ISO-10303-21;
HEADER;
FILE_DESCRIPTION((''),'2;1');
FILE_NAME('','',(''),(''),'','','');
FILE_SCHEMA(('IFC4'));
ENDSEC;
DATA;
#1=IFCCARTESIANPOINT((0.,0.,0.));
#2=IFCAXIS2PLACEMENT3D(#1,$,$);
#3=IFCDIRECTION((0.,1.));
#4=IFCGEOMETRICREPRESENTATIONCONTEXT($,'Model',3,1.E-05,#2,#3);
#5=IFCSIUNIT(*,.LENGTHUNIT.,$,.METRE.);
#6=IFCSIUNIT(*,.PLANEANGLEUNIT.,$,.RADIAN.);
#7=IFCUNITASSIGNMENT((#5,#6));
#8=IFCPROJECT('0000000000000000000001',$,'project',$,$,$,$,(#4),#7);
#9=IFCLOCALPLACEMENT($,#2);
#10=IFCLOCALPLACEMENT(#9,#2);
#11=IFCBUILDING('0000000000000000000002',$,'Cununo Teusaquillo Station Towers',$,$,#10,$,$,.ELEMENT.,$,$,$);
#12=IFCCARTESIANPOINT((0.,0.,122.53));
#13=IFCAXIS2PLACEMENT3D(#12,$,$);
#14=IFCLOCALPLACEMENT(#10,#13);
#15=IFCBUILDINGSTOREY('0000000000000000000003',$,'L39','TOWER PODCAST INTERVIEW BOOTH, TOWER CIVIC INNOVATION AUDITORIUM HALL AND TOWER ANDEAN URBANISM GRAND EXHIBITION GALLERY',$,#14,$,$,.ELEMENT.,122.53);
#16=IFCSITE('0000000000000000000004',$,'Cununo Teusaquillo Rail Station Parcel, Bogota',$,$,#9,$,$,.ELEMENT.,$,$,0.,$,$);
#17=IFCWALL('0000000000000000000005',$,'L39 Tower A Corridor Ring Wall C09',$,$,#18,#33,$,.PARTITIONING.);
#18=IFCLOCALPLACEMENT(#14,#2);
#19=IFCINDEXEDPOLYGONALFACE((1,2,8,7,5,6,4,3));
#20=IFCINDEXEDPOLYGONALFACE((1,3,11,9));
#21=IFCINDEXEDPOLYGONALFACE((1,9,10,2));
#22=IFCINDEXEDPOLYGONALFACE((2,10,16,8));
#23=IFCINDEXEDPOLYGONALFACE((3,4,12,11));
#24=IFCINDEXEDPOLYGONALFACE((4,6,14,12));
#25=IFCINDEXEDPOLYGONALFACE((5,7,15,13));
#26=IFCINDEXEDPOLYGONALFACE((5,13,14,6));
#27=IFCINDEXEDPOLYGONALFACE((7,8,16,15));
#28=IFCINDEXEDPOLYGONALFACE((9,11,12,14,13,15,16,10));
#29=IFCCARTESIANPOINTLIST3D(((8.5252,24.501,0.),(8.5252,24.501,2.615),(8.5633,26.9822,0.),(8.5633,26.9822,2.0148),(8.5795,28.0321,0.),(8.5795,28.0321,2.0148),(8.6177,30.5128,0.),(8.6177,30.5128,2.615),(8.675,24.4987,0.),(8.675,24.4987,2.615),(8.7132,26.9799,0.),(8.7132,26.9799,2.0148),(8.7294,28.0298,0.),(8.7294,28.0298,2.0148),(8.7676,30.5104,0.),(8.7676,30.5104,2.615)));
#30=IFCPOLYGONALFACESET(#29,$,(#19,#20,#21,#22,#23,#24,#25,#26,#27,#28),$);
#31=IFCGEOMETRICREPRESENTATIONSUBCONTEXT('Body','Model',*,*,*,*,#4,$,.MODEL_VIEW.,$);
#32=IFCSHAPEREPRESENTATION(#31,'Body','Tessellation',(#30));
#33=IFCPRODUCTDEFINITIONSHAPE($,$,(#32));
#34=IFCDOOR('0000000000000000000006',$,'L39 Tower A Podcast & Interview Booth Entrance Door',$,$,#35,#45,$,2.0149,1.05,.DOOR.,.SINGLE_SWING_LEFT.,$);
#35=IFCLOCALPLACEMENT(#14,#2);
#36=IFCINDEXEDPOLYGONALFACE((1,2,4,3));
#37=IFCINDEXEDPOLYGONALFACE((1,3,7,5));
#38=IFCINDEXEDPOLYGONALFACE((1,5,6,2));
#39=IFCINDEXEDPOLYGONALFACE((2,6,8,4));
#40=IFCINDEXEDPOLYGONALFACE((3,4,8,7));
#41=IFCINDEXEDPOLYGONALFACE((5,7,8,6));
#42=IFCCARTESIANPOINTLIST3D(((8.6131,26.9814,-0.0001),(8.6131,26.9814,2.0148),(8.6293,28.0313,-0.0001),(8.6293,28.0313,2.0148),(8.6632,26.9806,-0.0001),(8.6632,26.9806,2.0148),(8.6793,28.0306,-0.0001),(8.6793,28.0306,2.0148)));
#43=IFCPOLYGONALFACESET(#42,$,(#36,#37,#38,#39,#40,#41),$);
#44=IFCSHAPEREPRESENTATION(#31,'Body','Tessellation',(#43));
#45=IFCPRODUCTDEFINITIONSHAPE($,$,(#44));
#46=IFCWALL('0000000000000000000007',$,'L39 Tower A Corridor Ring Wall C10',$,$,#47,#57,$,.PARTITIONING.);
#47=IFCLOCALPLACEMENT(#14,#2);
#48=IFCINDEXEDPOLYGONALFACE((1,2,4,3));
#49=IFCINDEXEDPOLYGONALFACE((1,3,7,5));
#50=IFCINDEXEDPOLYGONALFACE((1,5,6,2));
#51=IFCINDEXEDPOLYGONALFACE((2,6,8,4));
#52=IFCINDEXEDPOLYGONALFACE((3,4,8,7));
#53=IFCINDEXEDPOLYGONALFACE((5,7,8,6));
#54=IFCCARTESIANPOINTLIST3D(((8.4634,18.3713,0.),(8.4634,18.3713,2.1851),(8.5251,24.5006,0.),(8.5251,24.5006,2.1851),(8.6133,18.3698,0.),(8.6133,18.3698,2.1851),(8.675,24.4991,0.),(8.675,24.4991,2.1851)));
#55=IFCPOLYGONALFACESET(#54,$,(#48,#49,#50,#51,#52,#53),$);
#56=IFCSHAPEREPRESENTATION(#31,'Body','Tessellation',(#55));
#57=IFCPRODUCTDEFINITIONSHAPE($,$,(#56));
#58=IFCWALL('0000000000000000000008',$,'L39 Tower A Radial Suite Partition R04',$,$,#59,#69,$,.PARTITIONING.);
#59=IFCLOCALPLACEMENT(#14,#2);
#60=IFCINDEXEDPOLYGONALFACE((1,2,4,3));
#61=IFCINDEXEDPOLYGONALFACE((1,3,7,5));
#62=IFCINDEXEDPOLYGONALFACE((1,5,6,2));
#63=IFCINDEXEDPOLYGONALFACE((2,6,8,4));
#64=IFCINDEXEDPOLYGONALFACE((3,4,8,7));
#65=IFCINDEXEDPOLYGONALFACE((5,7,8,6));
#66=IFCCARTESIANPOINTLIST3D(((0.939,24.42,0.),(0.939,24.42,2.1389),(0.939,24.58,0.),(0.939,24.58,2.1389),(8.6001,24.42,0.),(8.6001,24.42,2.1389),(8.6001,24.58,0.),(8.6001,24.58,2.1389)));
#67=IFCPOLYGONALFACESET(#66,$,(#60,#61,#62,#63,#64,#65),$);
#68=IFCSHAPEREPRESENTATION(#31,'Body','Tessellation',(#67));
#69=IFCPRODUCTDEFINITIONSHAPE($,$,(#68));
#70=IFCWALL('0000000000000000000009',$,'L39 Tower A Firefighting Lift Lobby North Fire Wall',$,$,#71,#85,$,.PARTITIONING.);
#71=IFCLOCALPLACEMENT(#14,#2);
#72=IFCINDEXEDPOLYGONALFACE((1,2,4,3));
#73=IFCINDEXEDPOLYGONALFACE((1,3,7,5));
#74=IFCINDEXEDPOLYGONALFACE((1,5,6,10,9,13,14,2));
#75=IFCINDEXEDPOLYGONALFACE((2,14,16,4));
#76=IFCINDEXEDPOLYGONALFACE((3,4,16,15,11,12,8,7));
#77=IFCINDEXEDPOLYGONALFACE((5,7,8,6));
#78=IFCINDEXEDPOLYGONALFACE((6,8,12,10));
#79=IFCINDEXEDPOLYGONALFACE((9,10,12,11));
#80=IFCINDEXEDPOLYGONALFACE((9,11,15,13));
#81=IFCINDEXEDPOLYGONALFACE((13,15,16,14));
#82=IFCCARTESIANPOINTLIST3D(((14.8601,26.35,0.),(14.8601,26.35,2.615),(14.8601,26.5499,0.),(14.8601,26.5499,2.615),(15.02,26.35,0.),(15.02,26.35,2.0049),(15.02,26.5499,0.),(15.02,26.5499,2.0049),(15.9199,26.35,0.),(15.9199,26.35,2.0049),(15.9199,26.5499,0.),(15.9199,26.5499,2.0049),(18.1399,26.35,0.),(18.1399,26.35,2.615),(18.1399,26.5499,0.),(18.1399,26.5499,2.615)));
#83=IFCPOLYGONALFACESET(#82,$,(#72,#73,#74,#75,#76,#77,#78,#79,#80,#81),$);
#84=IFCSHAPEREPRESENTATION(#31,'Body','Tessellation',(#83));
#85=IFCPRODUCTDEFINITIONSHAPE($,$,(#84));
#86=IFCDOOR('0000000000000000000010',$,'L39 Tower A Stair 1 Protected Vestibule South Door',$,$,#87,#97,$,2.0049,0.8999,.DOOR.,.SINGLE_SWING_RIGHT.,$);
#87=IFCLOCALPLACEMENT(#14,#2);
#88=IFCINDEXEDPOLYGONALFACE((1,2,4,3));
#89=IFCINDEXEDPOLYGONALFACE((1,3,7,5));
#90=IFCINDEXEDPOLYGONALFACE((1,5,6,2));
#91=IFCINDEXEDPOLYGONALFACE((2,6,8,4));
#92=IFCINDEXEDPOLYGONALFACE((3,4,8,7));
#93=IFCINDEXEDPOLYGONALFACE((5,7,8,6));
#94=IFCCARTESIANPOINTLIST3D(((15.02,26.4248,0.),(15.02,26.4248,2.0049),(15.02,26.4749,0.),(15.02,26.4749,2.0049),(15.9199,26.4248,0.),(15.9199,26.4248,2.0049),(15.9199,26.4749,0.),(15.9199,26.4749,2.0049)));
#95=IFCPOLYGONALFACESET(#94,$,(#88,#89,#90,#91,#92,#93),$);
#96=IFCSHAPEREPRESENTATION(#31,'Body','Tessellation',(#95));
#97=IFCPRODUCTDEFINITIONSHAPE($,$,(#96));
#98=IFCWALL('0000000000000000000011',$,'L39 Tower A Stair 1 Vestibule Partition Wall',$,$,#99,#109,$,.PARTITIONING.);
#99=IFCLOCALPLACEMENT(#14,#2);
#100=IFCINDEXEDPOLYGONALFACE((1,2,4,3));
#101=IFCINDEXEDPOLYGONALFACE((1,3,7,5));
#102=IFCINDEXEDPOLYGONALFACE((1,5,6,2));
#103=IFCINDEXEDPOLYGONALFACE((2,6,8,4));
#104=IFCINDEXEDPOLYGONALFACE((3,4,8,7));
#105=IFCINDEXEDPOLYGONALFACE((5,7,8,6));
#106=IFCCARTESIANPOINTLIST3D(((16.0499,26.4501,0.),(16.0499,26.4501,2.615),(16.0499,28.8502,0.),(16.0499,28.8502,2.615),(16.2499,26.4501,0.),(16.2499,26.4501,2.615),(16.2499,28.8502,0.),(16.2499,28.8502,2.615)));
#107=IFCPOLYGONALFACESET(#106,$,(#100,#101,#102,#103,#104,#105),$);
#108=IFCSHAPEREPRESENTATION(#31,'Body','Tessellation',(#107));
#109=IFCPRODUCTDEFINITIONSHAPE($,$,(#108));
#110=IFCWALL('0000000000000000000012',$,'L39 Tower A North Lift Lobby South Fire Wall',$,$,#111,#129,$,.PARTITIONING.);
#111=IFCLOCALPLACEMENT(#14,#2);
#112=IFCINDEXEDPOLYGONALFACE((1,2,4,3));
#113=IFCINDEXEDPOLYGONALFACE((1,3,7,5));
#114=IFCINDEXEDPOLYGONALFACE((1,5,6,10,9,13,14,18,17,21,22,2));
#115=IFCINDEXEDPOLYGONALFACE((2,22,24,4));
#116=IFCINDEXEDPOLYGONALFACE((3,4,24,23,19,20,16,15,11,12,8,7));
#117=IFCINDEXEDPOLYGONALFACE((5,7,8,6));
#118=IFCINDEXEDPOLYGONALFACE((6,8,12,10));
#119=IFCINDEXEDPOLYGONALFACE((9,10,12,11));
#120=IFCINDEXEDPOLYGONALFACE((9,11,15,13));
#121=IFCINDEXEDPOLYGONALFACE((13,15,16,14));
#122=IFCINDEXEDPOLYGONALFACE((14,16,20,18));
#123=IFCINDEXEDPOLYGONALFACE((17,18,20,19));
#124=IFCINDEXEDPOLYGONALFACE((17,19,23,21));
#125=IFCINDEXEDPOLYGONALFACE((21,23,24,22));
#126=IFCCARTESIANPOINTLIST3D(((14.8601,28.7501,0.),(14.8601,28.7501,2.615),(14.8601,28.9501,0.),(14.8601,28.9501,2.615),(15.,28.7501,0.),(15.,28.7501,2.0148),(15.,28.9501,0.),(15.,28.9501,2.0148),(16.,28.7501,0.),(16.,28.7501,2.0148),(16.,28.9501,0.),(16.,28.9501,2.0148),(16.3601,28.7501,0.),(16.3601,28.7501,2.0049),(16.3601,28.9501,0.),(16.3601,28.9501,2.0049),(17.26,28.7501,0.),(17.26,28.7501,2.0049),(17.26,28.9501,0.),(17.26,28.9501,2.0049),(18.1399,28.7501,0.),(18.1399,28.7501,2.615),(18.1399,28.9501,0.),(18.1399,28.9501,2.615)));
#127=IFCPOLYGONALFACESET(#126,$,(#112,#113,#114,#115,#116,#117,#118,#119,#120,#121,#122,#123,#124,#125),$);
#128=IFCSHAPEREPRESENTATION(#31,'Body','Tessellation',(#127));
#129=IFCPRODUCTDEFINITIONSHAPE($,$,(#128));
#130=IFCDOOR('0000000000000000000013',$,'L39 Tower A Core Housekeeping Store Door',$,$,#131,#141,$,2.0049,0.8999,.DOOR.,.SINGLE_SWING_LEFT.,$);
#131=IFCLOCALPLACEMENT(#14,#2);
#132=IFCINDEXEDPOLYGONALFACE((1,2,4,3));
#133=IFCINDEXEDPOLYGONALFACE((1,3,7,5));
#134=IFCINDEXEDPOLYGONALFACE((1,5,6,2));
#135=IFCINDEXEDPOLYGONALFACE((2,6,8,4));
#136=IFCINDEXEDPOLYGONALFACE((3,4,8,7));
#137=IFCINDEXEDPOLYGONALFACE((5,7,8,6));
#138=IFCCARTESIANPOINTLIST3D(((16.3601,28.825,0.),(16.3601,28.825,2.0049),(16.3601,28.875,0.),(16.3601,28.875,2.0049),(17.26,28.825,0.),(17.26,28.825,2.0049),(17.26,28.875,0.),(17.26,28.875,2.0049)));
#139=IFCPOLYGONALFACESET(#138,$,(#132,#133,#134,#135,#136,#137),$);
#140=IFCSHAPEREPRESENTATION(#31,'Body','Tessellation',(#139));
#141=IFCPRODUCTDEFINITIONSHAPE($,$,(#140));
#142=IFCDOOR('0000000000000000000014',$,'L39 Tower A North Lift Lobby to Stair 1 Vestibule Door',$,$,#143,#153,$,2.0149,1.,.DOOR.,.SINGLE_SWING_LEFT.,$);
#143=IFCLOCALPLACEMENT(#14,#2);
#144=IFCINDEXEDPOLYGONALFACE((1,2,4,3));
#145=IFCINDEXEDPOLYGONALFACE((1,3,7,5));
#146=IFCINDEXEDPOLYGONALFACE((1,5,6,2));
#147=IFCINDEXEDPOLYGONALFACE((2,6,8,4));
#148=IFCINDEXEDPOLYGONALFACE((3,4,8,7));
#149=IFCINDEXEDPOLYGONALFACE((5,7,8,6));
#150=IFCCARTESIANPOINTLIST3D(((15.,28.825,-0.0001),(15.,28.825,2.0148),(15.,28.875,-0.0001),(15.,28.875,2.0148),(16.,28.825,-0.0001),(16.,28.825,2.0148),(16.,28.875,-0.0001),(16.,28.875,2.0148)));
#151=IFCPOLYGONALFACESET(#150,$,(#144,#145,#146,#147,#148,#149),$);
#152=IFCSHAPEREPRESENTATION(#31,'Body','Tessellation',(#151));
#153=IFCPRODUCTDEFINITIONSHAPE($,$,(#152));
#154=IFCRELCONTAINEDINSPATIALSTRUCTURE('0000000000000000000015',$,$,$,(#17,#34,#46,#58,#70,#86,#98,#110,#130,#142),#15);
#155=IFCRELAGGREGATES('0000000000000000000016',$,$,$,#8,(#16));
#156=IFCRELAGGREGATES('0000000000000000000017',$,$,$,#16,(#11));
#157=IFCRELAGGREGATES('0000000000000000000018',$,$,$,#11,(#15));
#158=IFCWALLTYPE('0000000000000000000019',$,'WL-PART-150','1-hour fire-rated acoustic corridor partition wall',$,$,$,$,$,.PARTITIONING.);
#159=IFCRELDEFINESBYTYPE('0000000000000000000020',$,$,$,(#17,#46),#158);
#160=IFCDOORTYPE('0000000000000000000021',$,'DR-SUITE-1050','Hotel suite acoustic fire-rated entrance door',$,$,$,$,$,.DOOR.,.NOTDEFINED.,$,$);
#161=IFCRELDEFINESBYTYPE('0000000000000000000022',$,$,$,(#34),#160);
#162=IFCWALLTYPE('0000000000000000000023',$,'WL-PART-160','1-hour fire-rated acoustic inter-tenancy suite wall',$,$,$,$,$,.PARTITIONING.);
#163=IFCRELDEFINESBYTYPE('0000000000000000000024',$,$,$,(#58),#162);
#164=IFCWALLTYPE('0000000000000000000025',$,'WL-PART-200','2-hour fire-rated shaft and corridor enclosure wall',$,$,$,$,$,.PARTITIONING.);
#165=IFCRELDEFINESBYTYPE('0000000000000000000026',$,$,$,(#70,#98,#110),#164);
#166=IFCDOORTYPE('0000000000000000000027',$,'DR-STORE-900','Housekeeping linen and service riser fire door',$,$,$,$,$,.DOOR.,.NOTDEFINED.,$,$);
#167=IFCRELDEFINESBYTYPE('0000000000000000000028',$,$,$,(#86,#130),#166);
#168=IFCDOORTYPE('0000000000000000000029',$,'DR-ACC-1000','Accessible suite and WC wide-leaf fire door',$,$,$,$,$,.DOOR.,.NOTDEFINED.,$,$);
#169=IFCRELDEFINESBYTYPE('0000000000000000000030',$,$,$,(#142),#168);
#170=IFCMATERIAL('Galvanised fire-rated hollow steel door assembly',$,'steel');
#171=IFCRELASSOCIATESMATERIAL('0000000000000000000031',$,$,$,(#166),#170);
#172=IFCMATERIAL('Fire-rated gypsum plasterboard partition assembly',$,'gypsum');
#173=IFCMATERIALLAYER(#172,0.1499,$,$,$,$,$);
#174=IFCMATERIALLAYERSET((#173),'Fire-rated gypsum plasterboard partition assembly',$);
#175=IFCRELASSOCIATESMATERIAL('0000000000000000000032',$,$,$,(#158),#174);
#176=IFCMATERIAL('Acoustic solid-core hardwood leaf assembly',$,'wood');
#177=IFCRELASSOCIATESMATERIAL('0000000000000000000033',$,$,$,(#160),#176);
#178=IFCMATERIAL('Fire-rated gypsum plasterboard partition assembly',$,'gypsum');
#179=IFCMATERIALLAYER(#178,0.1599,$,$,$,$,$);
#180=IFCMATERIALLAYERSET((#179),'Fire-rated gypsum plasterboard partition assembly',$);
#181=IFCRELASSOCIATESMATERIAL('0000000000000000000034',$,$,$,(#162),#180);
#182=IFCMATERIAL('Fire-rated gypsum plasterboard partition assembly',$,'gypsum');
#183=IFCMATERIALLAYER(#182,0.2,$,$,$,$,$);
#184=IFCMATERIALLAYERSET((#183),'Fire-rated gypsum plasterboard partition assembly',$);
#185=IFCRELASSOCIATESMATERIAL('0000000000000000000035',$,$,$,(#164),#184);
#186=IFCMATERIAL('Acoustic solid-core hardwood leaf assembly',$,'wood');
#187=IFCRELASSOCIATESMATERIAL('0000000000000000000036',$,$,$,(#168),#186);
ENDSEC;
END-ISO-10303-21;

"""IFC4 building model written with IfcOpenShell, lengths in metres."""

from ifc_helpers import new_model, si_unit, direction, frame, frame_2d, origin, place, context, subcontext, project, spatial, rectangle, extrude, source, transform, mapped, material, layer, layer_set, type_object, element, fill, save


model = new_model("IFC4")

# Units and contexts
model_context = context("Model", 3, precision=1e-05, world=origin(), true_north=direction((0.0, 1.0)))
body_context = subcontext(model_context, "Body", "Model", "MODEL_VIEW")
ifc_project = project(units=[si_unit("LENGTHUNIT", "METRE"), si_unit("PLANEANGLEUNIT", "RADIAN")], contexts=[model_context])

# Site, building, storey
site_placement = place(None, origin())
site = spatial("IfcSite", under=ifc_project, at=site_placement, Name="Cununo Teusaquillo Rail Station Parcel, Bogota", CompositionType="ELEMENT", RefElevation=0.0)
building_placement = place(site_placement, origin())
building = spatial("IfcBuilding", under=site, at=building_placement, Name="Cununo Teusaquillo Station Towers", CompositionType="ELEMENT")
storey_placement = place(building_placement, frame((0.0, 0.0, 122.53)))
storey = spatial("IfcBuildingStorey", under=building, at=storey_placement, Name="L39", Description="TOWER PODCAST INTERVIEW BOOTH, TOWER CIVIC INNOVATION AUDITORIUM HALL AND TOWER ANDEAN URBANISM GRAND EXHIBITION GALLERY", CompositionType="ELEMENT", Elevation=122.53)

# Wall, opening, door
ifc_material_1 = material(Name="Galvanised fire-rated hollow steel door assembly", Category="steel")
door_type_1 = type_object("IfcDoorType", Name="DR-STORE-900", Description="Housekeeping linen and service riser fire door", OperationType="NOTDEFINED", PredefinedType="DOOR", material=ifc_material_1)
shared_shape_1 = source(origin(), body_context, "Body", "SweptSolid", [
    extrude(rectangle(XDim=0.8999, YDim=2.0049, at=frame_2d((0.45, 1.0024))), frame((0.0, 0.0249, 0.0), z_axis=(0.0, -1.0, 0.0), x_axis=(1.0, 0.0, 0.0)), (0.0, 0.0, 1.0), 0.05),
])
ifc_material_2 = material(Name="Fire-rated gypsum plasterboard partition assembly", Category="gypsum")
ifc_layer_1 = layer(ifc_material_2, 0.1499)
ifc_layer_set_1 = layer_set([ifc_layer_1], Name="Fire-rated gypsum plasterboard partition assembly")
wall_type_1 = type_object("IfcWallType", Name="WL-PART-150", Description="1-hour fire-rated acoustic corridor partition wall", PredefinedType="PARTITIONING", material=ifc_layer_set_1)
wall_1_placement = place(storey_placement, frame((8.6926, 30.5117, 0.0), z_axis=(0.0, 0.0, 1.0), x_axis=(-0.01539, -0.999882, 0.0)))
wall_1 = element("IfcWall", 1, at=wall_1_placement, inside=storey, type_object=wall_type_1, Name="L39 Tower A Corridor Ring Wall C09", PredefinedType="PARTITIONING", context=body_context, shape_type="SweptSolid", body=[
    extrude(rectangle(XDim=6.0125, YDim=0.1499, at=frame_2d((3.0063, 0.0))), origin(), (0.0, 0.0, 1.0), 2.615),
])
shared_shape_2 = source(origin(), body_context, "Body", "SweptSolid", [
    extrude(rectangle(XDim=1.05, YDim=2.0149, at=frame_2d((0.5249, 1.0073))), frame((0.0, 0.085, 0.0), z_axis=(0.0, -1.0, 0.0), x_axis=(1.0, 0.0, 0.0)), (0.0, 0.0, 1.0), 0.1699),
])
opening_1_placement = place(wall_1_placement, frame((2.4812, 0.0, 0.0)))
opening_1 = element("IfcOpeningElement", 2, at=opening_1_placement, cuts=wall_1, PredefinedType="OPENING", context=body_context, shape_type="MappedRepresentation", body=[
    mapped(shared_shape_2, transform((0.0, 0.0, 0.0), x_axis=(1.0, 0.0, 0.0), y_axis=(0.0, 1.0, 0.0), z_axis=(0.0, 0.0, 1.0), scale=1.0)),
])
ifc_material_3 = material(Name="Acoustic solid-core hardwood leaf assembly", Category="wood")
door_type_2 = type_object("IfcDoorType", Name="DR-SUITE-1050", Description="Hotel suite acoustic fire-rated entrance door", OperationType="NOTDEFINED", PredefinedType="DOOR", material=ifc_material_3)
shared_shape_3 = source(origin(), body_context, "Body", "SweptSolid", [
    extrude(rectangle(XDim=1.05, YDim=2.0149, at=frame_2d((0.5249, 1.0073))), frame((0.0, 0.0249, 0.0), z_axis=(0.0, -1.0, 0.0), x_axis=(1.0, 0.0, 0.0)), (0.0, 0.0, 1.0), 0.05),
])
door_1_placement = place(opening_1_placement, origin())
door_1 = element("IfcDoor", 3, at=door_1_placement, inside=storey, type_object=door_type_2, Name="L39 Tower A Podcast & Interview Booth Entrance Door", OperationType="SINGLE_SWING_LEFT", OverallHeight=2.0149, OverallWidth=1.05, PredefinedType="DOOR", context=body_context, shape_type="MappedRepresentation", body=[
    mapped(shared_shape_3, transform((0.0, 0.0, 0.0), x_axis=(1.0, 0.0, 0.0), y_axis=(0.0, 1.0, 0.0), z_axis=(0.0, 0.0, 1.0), scale=1.0)),
])
fill(opening_1, door_1)

# Walls
wall_2_placement = place(storey_placement, frame((8.6001, 24.5, 0.0), z_axis=(0.0, 0.0, 1.0), x_axis=(-0.010077, -0.999949, 0.0)))
element("IfcWall", 4, at=wall_2_placement, inside=storey, type_object=wall_type_1, Name="L39 Tower A Corridor Ring Wall C10", PredefinedType="PARTITIONING", context=body_context, shape_type="SweptSolid", body=[
    extrude(rectangle(XDim=6.1296, YDim=0.1499, at=frame_2d((3.0649, 0.0))), origin(), (0.0, 0.0, 1.0), 2.1851),
])
ifc_material_4 = material(Name="Fire-rated gypsum plasterboard partition assembly", Category="gypsum")
ifc_layer_2 = layer(ifc_material_4, 0.1599)
ifc_layer_set_2 = layer_set([ifc_layer_2], Name="Fire-rated gypsum plasterboard partition assembly")
wall_type_2 = type_object("IfcWallType", Name="WL-PART-160", Description="1-hour fire-rated acoustic inter-tenancy suite wall", PredefinedType="PARTITIONING", material=ifc_layer_set_2)
wall_3_placement = place(storey_placement, frame((8.6001, 24.5, 0.0), z_axis=(0.0, 0.0, 1.0), x_axis=(-1.0, 0.0, 0.0)))
element("IfcWall", 5, at=wall_3_placement, inside=storey, type_object=wall_type_2, Name="L39 Tower A Radial Suite Partition R04", PredefinedType="PARTITIONING", context=body_context, shape_type="SweptSolid", body=[
    extrude(rectangle(XDim=7.6611, YDim=0.1599, at=frame_2d((3.8306, 0.0))), origin(), (0.0, 0.0, 1.0), 2.1389),
])

# Wall, opening, door
ifc_material_5 = material(Name="Fire-rated gypsum plasterboard partition assembly", Category="gypsum")
ifc_layer_3 = layer(ifc_material_5, 0.2)
ifc_layer_set_3 = layer_set([ifc_layer_3], Name="Fire-rated gypsum plasterboard partition assembly")
wall_type_3 = type_object("IfcWallType", Name="WL-PART-200", Description="2-hour fire-rated shaft and corridor enclosure wall", PredefinedType="PARTITIONING", material=ifc_layer_set_3)
wall_4_placement = place(storey_placement, frame((14.8601, 26.45, 0.0), z_axis=(0.0, 0.0, 1.0), x_axis=(1.0, 0.0, 0.0)))
wall_4 = element("IfcWall", 6, at=wall_4_placement, inside=storey, type_object=wall_type_3, Name="L39 Tower A Firefighting Lift Lobby North Fire Wall", PredefinedType="PARTITIONING", context=body_context, shape_type="SweptSolid", body=[
    extrude(rectangle(XDim=3.2798, YDim=0.2, at=frame_2d((1.6399, 0.0))), origin(), (0.0, 0.0, 1.0), 2.615),
])
shared_shape_4 = source(origin(), body_context, "Body", "SweptSolid", [
    extrude(rectangle(XDim=0.8999, YDim=2.0049, at=frame_2d((0.45, 1.0024))), frame((0.0, 0.1099, 0.0), z_axis=(0.0, -1.0, 0.0), x_axis=(1.0, 0.0, 0.0)), (0.0, 0.0, 1.0), 0.22),
])
opening_2_placement = place(wall_4_placement, frame((0.1599, 0.0, 0.0)))
opening_2 = element("IfcOpeningElement", 7, at=opening_2_placement, cuts=wall_4, PredefinedType="OPENING", context=body_context, shape_type="MappedRepresentation", body=[
    mapped(shared_shape_4, transform((0.0, 0.0, 0.0), x_axis=(1.0, 0.0, 0.0), y_axis=(0.0, 1.0, 0.0), z_axis=(0.0, 0.0, 1.0), scale=1.0)),
])
door_2_placement = place(opening_2_placement, origin())
door_2 = element("IfcDoor", 8, at=door_2_placement, inside=storey, type_object=door_type_1, Name="L39 Tower A Stair 1 Protected Vestibule South Door", OperationType="SINGLE_SWING_RIGHT", OverallHeight=2.0049, OverallWidth=0.8999, PredefinedType="DOOR", context=body_context, shape_type="MappedRepresentation", body=[
    mapped(shared_shape_1, transform((0.0, 0.0, 0.0), x_axis=(1.0, 0.0, 0.0), y_axis=(0.0, 1.0, 0.0), z_axis=(0.0, 0.0, 1.0), scale=1.0)),
])
fill(opening_2, door_2)

# Wall
wall_5_placement = place(storey_placement, frame((16.1499, 26.45, 0.0), z_axis=(0.0, 0.0, 1.0), x_axis=(0.0, 1.0, 0.0)))
element("IfcWall", 9, at=wall_5_placement, inside=storey, type_object=wall_type_3, Name="L39 Tower A Stair 1 Vestibule Partition Wall", PredefinedType="PARTITIONING", context=body_context, shape_type="SweptSolid", body=[
    extrude(rectangle(XDim=2.4001, YDim=0.2, at=frame_2d((1.2002, 0.0))), origin(), (0.0, 0.0, 1.0), 2.615),
])

# Wall, openings, doors
wall_6_placement = place(storey_placement, frame((14.8601, 28.8501, 0.0), z_axis=(0.0, 0.0, 1.0), x_axis=(1.0, 0.0, 0.0)))
wall_6 = element("IfcWall", 10, at=wall_6_placement, inside=storey, type_object=wall_type_3, Name="L39 Tower A North Lift Lobby South Fire Wall", PredefinedType="PARTITIONING", context=body_context, shape_type="SweptSolid", body=[
    extrude(rectangle(XDim=3.2798, YDim=0.2, at=frame_2d((1.6399, 0.0))), origin(), (0.0, 0.0, 1.0), 2.615),
])
shared_shape_5 = source(origin(), body_context, "Body", "SweptSolid", [
    extrude(rectangle(XDim=1.0, YDim=2.0149, at=frame_2d((0.5, 1.0073))), frame((0.0, 0.1099, 0.0), z_axis=(0.0, -1.0, 0.0), x_axis=(1.0, 0.0, 0.0)), (0.0, 0.0, 1.0), 0.22),
])
opening_3_placement = place(wall_6_placement, frame((0.1399, 0.0, 0.0)))
opening_3 = element("IfcOpeningElement", 11, at=opening_3_placement, cuts=wall_6, PredefinedType="OPENING", context=body_context, shape_type="MappedRepresentation", body=[
    mapped(shared_shape_5, transform((0.0, 0.0, 0.0), x_axis=(1.0, 0.0, 0.0), y_axis=(0.0, 1.0, 0.0), z_axis=(0.0, 0.0, 1.0), scale=1.0)),
])
opening_4_placement = place(wall_6_placement, frame((1.5, 0.0, 0.0)))
opening_4 = element("IfcOpeningElement", 12, at=opening_4_placement, cuts=wall_6, PredefinedType="OPENING", context=body_context, shape_type="MappedRepresentation", body=[
    mapped(shared_shape_4, transform((0.0, 0.0, 0.0), x_axis=(1.0, 0.0, 0.0), y_axis=(0.0, 1.0, 0.0), z_axis=(0.0, 0.0, 1.0), scale=1.0)),
])
door_3_placement = place(opening_4_placement, origin())
door_3 = element("IfcDoor", 13, at=door_3_placement, inside=storey, type_object=door_type_1, Name="L39 Tower A Core Housekeeping Store Door", OperationType="SINGLE_SWING_LEFT", OverallHeight=2.0049, OverallWidth=0.8999, PredefinedType="DOOR", context=body_context, shape_type="MappedRepresentation", body=[
    mapped(shared_shape_1, transform((0.0, 0.0, 0.0), x_axis=(1.0, 0.0, 0.0), y_axis=(0.0, 1.0, 0.0), z_axis=(0.0, 0.0, 1.0), scale=1.0)),
])
fill(opening_4, door_3)
ifc_material_6 = material(Name="Acoustic solid-core hardwood leaf assembly", Category="wood")
door_type_3 = type_object("IfcDoorType", Name="DR-ACC-1000", Description="Accessible suite and WC wide-leaf fire door", OperationType="NOTDEFINED", PredefinedType="DOOR", material=ifc_material_6)
shared_shape_6 = source(origin(), body_context, "Body", "SweptSolid", [
    extrude(rectangle(XDim=1.0, YDim=2.0149, at=frame_2d((0.5, 1.0073))), frame((0.0, 0.0249, 0.0), z_axis=(0.0, -1.0, 0.0), x_axis=(1.0, 0.0, 0.0)), (0.0, 0.0, 1.0), 0.05),
])
door_4_placement = place(opening_3_placement, origin())
door_4 = element("IfcDoor", 14, at=door_4_placement, inside=storey, type_object=door_type_3, Name="L39 Tower A North Lift Lobby to Stair 1 Vestibule Door", OperationType="SINGLE_SWING_LEFT", OverallHeight=2.0149, OverallWidth=1.0, PredefinedType="DOOR", context=body_context, shape_type="MappedRepresentation", body=[
    mapped(shared_shape_6, transform((0.0, 0.0, 0.0), x_axis=(1.0, 0.0, 0.0), y_axis=(0.0, 1.0, 0.0), z_axis=(0.0, 0.0, 1.0), scale=1.0)),
])
fill(opening_3, door_4)

save(model, "model.ifc")
